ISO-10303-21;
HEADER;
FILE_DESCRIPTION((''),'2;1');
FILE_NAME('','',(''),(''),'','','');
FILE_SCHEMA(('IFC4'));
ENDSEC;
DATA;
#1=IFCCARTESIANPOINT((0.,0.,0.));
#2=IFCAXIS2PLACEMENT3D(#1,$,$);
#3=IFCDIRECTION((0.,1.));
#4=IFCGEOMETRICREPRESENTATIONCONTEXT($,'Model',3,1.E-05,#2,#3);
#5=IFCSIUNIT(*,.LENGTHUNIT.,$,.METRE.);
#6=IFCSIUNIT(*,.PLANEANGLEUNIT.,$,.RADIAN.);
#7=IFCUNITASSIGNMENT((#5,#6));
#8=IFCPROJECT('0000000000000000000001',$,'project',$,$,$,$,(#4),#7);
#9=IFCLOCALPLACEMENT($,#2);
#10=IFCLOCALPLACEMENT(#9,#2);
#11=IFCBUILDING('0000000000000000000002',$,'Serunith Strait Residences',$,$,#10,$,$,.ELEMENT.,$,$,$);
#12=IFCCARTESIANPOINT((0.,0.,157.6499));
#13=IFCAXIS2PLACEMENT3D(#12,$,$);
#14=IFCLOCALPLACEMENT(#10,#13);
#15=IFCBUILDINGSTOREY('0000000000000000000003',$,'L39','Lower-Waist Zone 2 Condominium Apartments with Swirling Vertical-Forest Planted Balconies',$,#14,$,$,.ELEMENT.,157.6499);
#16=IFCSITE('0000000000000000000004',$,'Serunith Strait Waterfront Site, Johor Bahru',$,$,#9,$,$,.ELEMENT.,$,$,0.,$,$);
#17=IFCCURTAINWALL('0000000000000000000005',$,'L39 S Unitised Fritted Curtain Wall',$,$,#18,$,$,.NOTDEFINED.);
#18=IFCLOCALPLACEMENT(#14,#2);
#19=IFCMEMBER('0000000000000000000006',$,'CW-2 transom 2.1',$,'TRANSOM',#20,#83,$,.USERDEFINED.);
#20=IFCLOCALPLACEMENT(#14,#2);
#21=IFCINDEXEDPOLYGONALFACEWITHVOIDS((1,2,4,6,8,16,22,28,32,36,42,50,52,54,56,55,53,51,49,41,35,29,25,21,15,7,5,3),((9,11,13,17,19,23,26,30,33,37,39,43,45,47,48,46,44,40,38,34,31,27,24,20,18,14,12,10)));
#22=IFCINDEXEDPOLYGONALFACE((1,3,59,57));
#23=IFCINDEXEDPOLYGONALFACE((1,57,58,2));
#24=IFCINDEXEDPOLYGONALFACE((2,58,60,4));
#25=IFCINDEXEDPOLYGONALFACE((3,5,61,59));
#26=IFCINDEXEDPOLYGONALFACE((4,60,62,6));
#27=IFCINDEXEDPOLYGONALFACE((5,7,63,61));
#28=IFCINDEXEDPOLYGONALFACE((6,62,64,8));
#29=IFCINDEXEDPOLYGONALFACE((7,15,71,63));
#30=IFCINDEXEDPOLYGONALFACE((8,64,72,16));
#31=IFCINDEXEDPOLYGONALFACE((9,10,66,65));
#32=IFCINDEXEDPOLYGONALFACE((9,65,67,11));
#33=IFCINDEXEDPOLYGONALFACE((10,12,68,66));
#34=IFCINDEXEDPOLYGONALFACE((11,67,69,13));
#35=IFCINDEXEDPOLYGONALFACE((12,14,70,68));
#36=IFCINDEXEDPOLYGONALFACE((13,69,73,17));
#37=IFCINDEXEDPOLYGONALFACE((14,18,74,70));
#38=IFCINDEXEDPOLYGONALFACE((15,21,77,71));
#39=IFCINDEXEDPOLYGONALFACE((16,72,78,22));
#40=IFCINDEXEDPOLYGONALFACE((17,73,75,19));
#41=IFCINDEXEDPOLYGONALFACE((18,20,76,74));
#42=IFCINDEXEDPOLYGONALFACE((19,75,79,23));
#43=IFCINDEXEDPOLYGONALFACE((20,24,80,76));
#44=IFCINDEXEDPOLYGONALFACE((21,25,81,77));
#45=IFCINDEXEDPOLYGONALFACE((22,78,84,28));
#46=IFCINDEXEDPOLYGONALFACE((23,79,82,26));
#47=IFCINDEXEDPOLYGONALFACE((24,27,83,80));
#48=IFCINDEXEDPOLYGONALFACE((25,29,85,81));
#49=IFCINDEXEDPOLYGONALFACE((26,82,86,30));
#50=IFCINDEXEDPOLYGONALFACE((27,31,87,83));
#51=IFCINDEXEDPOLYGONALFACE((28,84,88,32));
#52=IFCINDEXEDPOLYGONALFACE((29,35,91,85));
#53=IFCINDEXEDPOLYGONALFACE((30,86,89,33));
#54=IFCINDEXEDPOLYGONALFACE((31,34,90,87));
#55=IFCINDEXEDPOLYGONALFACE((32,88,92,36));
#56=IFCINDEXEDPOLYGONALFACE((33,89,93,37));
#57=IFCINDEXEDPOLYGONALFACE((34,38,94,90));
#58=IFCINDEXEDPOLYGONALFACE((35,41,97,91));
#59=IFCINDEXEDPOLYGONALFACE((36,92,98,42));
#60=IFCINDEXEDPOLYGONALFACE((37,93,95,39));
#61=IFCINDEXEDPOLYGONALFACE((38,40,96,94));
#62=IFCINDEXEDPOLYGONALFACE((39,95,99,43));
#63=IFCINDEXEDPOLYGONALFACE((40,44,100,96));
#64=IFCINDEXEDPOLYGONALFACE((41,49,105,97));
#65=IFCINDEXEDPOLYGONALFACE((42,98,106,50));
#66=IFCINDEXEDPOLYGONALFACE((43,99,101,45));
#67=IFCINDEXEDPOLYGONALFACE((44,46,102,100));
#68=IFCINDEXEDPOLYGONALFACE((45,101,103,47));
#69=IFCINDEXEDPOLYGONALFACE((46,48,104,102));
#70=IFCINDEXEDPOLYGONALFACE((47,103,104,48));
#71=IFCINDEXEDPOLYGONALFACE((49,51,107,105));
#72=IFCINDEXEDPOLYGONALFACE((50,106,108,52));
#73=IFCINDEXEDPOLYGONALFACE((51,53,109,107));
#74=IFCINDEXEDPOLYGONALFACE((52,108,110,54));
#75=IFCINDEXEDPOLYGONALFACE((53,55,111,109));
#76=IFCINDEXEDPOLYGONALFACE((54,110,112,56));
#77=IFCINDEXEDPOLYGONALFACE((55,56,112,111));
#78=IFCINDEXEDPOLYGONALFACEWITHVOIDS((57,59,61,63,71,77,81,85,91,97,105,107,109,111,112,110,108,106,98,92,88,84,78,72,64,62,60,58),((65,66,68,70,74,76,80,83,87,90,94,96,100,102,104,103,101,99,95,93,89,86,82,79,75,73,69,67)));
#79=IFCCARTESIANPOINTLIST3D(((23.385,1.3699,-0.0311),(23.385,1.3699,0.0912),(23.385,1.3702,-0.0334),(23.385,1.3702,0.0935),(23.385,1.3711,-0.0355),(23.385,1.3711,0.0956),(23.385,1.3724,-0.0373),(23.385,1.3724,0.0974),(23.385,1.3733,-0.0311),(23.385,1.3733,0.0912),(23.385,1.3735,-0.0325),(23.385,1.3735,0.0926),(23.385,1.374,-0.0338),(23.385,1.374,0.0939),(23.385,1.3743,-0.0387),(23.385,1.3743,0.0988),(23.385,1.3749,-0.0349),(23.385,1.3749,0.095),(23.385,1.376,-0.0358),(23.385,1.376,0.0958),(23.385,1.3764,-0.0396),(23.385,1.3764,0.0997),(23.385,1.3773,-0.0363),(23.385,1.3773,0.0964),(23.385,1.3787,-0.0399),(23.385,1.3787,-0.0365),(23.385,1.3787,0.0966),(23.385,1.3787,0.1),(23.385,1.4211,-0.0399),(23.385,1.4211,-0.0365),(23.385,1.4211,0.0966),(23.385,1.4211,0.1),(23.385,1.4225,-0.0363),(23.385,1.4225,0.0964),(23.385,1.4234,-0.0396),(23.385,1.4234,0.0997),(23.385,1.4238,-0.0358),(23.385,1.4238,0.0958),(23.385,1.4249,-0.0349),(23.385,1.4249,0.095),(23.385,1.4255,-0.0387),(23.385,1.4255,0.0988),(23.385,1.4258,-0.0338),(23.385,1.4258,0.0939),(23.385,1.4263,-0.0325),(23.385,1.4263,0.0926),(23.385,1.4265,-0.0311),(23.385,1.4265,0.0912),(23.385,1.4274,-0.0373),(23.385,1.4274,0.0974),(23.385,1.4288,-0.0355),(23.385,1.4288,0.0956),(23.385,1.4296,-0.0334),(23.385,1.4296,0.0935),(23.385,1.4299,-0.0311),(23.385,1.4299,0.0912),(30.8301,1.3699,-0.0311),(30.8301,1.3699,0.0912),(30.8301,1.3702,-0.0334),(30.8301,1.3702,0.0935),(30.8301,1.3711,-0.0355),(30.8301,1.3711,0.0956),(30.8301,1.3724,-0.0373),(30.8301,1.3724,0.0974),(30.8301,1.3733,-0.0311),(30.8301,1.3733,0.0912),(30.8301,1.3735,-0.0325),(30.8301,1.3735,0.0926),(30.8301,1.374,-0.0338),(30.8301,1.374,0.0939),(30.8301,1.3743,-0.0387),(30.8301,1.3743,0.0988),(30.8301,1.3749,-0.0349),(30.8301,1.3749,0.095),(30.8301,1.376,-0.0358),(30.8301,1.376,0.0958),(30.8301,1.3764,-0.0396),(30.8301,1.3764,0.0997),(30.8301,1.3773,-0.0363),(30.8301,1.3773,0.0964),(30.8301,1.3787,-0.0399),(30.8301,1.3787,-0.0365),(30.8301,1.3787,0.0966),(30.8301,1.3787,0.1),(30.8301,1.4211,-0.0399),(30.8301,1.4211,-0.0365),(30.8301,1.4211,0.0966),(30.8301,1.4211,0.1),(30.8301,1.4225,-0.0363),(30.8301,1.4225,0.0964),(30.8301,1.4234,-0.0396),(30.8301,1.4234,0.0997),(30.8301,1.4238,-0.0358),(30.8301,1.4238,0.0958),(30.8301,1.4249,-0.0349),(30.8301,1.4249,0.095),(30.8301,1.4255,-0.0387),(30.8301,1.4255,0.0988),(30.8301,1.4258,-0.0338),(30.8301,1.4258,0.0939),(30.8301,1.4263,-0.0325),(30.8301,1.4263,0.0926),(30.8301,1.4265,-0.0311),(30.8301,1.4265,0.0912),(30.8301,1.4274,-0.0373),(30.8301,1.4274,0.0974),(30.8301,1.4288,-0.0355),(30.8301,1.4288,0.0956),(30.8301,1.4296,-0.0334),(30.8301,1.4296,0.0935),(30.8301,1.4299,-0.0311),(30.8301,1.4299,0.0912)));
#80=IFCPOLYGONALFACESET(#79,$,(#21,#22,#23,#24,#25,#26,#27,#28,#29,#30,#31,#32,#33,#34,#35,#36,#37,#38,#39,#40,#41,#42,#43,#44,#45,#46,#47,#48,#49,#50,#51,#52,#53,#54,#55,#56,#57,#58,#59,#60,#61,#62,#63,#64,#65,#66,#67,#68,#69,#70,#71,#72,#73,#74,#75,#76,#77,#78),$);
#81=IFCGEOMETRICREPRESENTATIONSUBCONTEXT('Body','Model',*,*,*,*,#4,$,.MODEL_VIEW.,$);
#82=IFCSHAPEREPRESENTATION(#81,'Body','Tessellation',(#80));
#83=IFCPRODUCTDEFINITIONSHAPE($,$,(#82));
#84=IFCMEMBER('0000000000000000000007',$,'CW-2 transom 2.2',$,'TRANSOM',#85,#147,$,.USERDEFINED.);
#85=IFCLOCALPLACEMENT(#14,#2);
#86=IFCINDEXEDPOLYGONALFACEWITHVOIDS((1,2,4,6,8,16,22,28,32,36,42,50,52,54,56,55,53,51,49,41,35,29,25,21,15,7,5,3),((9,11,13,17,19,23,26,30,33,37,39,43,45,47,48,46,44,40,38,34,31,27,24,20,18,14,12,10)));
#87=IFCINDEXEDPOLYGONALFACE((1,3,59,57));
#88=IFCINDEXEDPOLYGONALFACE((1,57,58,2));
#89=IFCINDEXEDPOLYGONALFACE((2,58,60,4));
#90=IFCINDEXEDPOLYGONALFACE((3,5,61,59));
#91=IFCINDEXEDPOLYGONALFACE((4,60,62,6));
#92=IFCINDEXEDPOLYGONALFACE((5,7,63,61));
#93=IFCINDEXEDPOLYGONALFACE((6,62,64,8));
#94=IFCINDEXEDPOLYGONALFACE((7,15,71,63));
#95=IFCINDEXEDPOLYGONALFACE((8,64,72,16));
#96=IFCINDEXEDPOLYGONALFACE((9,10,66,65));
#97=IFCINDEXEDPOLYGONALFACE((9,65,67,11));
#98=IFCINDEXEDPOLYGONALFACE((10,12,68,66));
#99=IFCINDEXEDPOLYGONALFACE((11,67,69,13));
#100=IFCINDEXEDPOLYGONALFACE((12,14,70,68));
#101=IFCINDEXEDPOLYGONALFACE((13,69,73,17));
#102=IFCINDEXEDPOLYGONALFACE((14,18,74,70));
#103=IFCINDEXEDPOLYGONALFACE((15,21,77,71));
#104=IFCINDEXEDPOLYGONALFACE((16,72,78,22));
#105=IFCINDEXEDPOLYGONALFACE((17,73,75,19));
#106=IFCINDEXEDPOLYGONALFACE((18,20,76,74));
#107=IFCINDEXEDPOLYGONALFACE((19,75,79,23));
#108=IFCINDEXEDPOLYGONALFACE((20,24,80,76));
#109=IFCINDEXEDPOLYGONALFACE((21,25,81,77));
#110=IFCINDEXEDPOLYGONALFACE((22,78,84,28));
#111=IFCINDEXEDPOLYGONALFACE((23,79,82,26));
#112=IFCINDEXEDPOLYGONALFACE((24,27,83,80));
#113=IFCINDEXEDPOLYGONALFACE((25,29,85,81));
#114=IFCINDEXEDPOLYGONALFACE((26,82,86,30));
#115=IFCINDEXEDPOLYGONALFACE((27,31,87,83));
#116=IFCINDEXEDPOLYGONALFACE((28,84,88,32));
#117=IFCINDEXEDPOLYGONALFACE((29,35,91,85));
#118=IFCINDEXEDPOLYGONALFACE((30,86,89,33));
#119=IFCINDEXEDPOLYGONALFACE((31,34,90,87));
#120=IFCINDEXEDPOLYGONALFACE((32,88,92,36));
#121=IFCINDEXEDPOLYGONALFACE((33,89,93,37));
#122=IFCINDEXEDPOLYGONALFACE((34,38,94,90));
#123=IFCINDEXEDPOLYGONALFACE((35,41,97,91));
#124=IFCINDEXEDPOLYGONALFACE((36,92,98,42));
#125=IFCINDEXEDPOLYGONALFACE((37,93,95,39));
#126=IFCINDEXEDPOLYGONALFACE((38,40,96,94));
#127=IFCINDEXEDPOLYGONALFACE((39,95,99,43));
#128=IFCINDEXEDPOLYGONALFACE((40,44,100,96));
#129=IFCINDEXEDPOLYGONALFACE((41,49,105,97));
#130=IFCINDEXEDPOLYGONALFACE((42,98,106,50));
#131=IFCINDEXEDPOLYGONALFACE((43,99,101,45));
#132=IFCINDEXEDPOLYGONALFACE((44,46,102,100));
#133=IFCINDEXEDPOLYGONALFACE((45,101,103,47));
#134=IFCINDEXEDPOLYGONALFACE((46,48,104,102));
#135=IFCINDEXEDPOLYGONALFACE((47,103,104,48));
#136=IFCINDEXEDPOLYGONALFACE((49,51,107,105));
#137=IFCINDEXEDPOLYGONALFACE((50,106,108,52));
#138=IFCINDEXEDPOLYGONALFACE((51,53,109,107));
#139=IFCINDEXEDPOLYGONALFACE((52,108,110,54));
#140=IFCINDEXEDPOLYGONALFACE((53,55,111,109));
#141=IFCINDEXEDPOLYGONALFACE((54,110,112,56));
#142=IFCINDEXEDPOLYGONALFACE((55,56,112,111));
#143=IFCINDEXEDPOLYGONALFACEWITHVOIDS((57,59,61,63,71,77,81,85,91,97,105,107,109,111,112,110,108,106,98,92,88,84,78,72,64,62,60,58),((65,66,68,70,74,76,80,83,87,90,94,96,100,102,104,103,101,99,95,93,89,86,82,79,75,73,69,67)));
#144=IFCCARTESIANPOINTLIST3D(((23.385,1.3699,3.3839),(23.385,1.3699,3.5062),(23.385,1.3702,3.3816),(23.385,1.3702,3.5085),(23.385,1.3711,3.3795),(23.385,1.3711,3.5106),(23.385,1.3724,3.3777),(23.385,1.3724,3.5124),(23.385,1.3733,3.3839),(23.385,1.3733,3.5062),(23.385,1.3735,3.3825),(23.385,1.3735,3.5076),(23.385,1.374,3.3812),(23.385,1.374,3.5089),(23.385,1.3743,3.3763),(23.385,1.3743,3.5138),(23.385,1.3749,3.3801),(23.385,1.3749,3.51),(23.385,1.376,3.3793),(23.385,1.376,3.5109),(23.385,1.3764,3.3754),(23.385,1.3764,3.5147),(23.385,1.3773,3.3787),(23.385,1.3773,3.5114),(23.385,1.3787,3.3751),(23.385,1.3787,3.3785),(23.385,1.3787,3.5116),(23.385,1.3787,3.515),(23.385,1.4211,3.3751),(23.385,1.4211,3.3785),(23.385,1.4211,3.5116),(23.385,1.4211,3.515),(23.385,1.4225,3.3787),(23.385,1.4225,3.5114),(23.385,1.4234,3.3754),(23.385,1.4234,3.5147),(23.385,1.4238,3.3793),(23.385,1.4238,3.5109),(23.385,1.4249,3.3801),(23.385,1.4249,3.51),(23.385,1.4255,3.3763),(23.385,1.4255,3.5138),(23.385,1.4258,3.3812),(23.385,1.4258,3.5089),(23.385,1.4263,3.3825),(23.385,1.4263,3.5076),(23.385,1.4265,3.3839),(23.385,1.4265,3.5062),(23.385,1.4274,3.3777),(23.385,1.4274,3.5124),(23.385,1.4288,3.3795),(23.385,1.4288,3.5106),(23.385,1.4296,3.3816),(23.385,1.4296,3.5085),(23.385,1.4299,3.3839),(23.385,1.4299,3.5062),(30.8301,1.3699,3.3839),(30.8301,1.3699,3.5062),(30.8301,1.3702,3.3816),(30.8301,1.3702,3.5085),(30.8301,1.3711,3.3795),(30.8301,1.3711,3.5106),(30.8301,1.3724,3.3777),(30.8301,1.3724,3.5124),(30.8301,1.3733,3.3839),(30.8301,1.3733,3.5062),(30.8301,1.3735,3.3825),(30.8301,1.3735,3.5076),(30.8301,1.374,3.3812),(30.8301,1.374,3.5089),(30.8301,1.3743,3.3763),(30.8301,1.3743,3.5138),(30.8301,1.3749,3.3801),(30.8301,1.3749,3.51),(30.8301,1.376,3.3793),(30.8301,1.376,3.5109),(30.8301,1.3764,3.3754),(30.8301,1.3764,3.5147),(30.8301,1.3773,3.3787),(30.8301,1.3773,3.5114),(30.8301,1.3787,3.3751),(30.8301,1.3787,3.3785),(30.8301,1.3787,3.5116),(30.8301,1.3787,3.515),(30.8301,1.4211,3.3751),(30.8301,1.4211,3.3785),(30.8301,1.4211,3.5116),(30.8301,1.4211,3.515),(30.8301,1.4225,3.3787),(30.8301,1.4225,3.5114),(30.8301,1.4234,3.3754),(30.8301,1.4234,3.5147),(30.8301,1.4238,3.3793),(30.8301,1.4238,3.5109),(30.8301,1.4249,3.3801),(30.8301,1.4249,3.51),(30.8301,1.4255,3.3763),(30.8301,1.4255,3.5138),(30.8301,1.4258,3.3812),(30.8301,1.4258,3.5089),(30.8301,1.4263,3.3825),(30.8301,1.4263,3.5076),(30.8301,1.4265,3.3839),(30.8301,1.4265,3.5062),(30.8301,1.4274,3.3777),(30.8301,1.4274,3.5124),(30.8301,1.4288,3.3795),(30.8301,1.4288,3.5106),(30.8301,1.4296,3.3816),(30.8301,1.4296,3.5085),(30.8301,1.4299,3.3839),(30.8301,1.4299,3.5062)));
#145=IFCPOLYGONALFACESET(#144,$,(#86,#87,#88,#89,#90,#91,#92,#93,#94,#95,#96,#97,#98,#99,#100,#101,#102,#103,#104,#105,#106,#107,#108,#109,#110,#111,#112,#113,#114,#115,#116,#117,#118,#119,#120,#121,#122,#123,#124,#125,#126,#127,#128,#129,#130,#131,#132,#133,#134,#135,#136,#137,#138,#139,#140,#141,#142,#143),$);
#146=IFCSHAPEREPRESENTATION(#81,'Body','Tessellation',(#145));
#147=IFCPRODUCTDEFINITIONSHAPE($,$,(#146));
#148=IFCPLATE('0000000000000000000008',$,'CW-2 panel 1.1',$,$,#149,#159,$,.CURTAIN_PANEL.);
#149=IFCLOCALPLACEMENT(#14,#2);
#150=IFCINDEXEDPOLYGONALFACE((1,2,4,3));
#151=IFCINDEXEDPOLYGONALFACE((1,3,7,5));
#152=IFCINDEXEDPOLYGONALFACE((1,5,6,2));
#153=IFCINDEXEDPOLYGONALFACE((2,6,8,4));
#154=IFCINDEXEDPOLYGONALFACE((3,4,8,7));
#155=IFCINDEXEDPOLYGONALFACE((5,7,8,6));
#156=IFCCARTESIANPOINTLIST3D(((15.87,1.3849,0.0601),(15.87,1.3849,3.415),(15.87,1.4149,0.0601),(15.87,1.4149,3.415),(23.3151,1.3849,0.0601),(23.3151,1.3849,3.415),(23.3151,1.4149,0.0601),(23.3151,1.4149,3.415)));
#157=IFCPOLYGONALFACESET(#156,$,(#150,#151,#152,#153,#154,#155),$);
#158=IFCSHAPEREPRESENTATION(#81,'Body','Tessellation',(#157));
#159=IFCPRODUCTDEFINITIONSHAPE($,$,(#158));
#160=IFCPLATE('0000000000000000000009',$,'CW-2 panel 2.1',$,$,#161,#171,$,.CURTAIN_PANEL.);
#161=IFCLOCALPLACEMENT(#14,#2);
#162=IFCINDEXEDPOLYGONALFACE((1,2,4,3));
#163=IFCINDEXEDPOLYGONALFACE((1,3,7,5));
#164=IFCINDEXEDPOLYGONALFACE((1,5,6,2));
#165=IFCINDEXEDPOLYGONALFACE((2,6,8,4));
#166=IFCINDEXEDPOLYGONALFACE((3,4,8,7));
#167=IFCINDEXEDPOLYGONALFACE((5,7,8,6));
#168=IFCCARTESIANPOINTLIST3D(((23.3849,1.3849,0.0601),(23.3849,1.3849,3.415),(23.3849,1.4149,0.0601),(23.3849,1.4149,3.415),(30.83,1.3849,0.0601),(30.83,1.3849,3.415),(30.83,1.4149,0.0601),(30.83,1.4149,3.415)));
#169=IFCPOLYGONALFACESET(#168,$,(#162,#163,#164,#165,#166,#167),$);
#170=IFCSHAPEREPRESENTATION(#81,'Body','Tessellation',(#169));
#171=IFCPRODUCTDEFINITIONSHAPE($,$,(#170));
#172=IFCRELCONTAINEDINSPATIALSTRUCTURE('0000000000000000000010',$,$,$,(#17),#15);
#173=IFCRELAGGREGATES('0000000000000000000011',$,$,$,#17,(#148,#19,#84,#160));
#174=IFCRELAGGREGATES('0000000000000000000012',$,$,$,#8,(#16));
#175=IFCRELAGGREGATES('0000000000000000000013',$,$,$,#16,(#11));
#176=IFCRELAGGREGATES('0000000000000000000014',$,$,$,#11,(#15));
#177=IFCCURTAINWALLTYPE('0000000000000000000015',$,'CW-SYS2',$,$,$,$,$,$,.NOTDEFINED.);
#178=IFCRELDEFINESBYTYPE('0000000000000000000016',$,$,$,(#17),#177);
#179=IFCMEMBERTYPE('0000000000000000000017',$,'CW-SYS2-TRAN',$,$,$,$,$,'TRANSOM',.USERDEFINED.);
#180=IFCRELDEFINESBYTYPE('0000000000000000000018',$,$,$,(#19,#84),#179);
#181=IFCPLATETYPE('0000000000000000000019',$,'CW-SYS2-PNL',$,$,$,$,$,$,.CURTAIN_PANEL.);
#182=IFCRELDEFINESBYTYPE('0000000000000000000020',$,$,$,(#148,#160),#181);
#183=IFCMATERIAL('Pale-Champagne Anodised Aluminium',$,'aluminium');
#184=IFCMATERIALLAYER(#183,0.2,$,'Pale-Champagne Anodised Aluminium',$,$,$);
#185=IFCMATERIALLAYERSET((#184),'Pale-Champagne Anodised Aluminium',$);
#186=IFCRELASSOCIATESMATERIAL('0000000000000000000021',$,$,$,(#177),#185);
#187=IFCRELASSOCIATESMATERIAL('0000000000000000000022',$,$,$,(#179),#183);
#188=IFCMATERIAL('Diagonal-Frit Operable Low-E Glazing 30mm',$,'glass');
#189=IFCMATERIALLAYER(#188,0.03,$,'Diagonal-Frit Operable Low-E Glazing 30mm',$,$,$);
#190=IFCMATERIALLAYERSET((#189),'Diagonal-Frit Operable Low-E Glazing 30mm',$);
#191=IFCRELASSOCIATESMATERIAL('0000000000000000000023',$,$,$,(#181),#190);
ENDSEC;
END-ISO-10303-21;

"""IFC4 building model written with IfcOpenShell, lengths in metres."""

from ifc_helpers import new_model, si_unit, direction, frame, origin, origin_2d, place, context, subcontext, project, spatial, rectangle, hollow_rectangle, extrude, source, transform, mapped, material, layer, layer_set, material_profile, profile_set, type_object, element, aggregate, save


model = new_model("IFC4")

# Units and contexts
model_context = context("Model", 3, precision=1e-05, world=origin(), true_north=direction((0.0, 1.0)))
body_context = subcontext(model_context, "Body", "Model", "MODEL_VIEW")
ifc_project = project(units=[si_unit("LENGTHUNIT", "METRE"), si_unit("PLANEANGLEUNIT", "RADIAN")], contexts=[model_context])

# Site, building, storey
site_placement = place(None, origin())
site = spatial("IfcSite", under=ifc_project, at=site_placement, Name="Serunith Strait Waterfront Site, Johor Bahru", CompositionType="ELEMENT", RefElevation=0.0)
building_placement = place(site_placement, origin())
building = spatial("IfcBuilding", under=site, at=building_placement, Name="Serunith Strait Residences", CompositionType="ELEMENT")
storey_placement = place(building_placement, frame((0.0, 0.0, 157.6499)))
storey = spatial("IfcBuildingStorey", under=building, at=storey_placement, Name="L39", Description="Lower-Waist Zone 2 Condominium Apartments with Swirling Vertical-Forest Planted Balconies", CompositionType="ELEMENT", Elevation=157.6499)

# Curtain wall, members, plates
ifc_material_1 = material(Name="Pale-Champagne Anodised Aluminium", Category="aluminium")
ifc_layer_1 = layer(ifc_material_1, 0.2, Name="Pale-Champagne Anodised Aluminium")
ifc_layer_set_1 = layer_set([ifc_layer_1], Name="Pale-Champagne Anodised Aluminium")
curtain_wall_type = type_object("IfcCurtainWallType", Name="CW-SYS2", PredefinedType="NOTDEFINED", material=ifc_layer_set_1)
curtain_wall_placement = place(storey_placement, origin())
curtain_wall = element("IfcCurtainWall", 1, at=curtain_wall_placement, inside=storey, type_object=curtain_wall_type, Name="L39 S Unitised Fritted Curtain Wall", PredefinedType="NOTDEFINED")
ifc_material_profile_1 = material_profile(ifc_material_1, hollow_rectangle(XDim=0.0601, YDim=0.1399, WallThickness=0.0034, InnerFilletRadius=0.0054, OuterFilletRadius=0.0088, at=origin_2d()), Name="ALU 140x60x3.5")
ifc_profile_set_1 = profile_set([ifc_material_profile_1], Name="Pale-Champagne Anodised Aluminium")
member_type_1 = type_object("IfcMemberType", Name="CW-SYS2-TRAN", ElementType="TRANSOM", PredefinedType="USERDEFINED", material=ifc_profile_set_1)
shared_shape_1 = source(origin(), body_context, "Body", "SweptSolid", [
    extrude(hollow_rectangle(XDim=0.0601, YDim=0.1399, WallThickness=0.0034, InnerFilletRadius=0.0054, OuterFilletRadius=0.0088, at=origin_2d()), origin(), (0.0, 0.0, 1.0), 7.4451),
])
member_1_placement = place(storey_placement, frame((23.385, 1.3999, 0.03), z_axis=(1.0, 0.0, 0.0), x_axis=(0.0, 1.0, 0.0)))
member_1 = element("IfcMember", 2, at=member_1_placement, type_object=member_type_1, Name="CW-2 transom 2.1", ObjectType="TRANSOM", PredefinedType="USERDEFINED", context=body_context, shape_type="MappedRepresentation", body=[
    mapped(shared_shape_1, transform((0.0, 0.0, 0.0), scale=1.0)),
])
member_2_placement = place(storey_placement, frame((23.385, 1.3999, 3.4451), z_axis=(1.0, 0.0, 0.0), x_axis=(0.0, 1.0, 0.0)))
member_2 = element("IfcMember", 3, at=member_2_placement, type_object=member_type_1, Name="CW-2 transom 2.2", ObjectType="TRANSOM", PredefinedType="USERDEFINED", context=body_context, shape_type="MappedRepresentation", body=[
    mapped(shared_shape_1, transform((0.0, 0.0, 0.0), scale=1.0)),
])
ifc_material_2 = material(Name="Diagonal-Frit Operable Low-E Glazing 30mm", Category="glass")
ifc_layer_2 = layer(ifc_material_2, 0.03, Name="Diagonal-Frit Operable Low-E Glazing 30mm")
ifc_layer_set_2 = layer_set([ifc_layer_2], Name="Diagonal-Frit Operable Low-E Glazing 30mm")
plate_type = type_object("IfcPlateType", Name="CW-SYS2-PNL", PredefinedType="CURTAIN_PANEL", material=ifc_layer_set_2)
shared_shape_2 = source(origin(), body_context, "Body", "SweptSolid", [
    extrude(rectangle(XDim=7.4451, YDim=0.03, at=origin_2d()), origin(), (0.0, 0.0, 1.0), 3.355),
])
plate_1_placement = place(storey_placement, frame((19.5925, 1.3999, 0.0601), z_axis=(0.0, 0.0, 1.0), x_axis=(1.0, 0.0, 0.0)))
plate_1 = element("IfcPlate", 4, at=plate_1_placement, type_object=plate_type, Name="CW-2 panel 1.1", PredefinedType="CURTAIN_PANEL", context=body_context, shape_type="MappedRepresentation", body=[
    mapped(shared_shape_2, transform((0.0, 0.0, 0.0), scale=1.0)),
])
plate_2_placement = place(storey_placement, frame((27.1074, 1.3999, 0.0601), z_axis=(0.0, 0.0, 1.0), x_axis=(1.0, 0.0, 0.0)))
plate_2 = element("IfcPlate", 5, at=plate_2_placement, type_object=plate_type, Name="CW-2 panel 2.1", PredefinedType="CURTAIN_PANEL", context=body_context, shape_type="MappedRepresentation", body=[
    mapped(shared_shape_2, transform((0.0, 0.0, 0.0), scale=1.0)),
])
aggregate(curtain_wall, [plate_1, member_1, member_2, plate_2])

save(model, "model.ifc")
